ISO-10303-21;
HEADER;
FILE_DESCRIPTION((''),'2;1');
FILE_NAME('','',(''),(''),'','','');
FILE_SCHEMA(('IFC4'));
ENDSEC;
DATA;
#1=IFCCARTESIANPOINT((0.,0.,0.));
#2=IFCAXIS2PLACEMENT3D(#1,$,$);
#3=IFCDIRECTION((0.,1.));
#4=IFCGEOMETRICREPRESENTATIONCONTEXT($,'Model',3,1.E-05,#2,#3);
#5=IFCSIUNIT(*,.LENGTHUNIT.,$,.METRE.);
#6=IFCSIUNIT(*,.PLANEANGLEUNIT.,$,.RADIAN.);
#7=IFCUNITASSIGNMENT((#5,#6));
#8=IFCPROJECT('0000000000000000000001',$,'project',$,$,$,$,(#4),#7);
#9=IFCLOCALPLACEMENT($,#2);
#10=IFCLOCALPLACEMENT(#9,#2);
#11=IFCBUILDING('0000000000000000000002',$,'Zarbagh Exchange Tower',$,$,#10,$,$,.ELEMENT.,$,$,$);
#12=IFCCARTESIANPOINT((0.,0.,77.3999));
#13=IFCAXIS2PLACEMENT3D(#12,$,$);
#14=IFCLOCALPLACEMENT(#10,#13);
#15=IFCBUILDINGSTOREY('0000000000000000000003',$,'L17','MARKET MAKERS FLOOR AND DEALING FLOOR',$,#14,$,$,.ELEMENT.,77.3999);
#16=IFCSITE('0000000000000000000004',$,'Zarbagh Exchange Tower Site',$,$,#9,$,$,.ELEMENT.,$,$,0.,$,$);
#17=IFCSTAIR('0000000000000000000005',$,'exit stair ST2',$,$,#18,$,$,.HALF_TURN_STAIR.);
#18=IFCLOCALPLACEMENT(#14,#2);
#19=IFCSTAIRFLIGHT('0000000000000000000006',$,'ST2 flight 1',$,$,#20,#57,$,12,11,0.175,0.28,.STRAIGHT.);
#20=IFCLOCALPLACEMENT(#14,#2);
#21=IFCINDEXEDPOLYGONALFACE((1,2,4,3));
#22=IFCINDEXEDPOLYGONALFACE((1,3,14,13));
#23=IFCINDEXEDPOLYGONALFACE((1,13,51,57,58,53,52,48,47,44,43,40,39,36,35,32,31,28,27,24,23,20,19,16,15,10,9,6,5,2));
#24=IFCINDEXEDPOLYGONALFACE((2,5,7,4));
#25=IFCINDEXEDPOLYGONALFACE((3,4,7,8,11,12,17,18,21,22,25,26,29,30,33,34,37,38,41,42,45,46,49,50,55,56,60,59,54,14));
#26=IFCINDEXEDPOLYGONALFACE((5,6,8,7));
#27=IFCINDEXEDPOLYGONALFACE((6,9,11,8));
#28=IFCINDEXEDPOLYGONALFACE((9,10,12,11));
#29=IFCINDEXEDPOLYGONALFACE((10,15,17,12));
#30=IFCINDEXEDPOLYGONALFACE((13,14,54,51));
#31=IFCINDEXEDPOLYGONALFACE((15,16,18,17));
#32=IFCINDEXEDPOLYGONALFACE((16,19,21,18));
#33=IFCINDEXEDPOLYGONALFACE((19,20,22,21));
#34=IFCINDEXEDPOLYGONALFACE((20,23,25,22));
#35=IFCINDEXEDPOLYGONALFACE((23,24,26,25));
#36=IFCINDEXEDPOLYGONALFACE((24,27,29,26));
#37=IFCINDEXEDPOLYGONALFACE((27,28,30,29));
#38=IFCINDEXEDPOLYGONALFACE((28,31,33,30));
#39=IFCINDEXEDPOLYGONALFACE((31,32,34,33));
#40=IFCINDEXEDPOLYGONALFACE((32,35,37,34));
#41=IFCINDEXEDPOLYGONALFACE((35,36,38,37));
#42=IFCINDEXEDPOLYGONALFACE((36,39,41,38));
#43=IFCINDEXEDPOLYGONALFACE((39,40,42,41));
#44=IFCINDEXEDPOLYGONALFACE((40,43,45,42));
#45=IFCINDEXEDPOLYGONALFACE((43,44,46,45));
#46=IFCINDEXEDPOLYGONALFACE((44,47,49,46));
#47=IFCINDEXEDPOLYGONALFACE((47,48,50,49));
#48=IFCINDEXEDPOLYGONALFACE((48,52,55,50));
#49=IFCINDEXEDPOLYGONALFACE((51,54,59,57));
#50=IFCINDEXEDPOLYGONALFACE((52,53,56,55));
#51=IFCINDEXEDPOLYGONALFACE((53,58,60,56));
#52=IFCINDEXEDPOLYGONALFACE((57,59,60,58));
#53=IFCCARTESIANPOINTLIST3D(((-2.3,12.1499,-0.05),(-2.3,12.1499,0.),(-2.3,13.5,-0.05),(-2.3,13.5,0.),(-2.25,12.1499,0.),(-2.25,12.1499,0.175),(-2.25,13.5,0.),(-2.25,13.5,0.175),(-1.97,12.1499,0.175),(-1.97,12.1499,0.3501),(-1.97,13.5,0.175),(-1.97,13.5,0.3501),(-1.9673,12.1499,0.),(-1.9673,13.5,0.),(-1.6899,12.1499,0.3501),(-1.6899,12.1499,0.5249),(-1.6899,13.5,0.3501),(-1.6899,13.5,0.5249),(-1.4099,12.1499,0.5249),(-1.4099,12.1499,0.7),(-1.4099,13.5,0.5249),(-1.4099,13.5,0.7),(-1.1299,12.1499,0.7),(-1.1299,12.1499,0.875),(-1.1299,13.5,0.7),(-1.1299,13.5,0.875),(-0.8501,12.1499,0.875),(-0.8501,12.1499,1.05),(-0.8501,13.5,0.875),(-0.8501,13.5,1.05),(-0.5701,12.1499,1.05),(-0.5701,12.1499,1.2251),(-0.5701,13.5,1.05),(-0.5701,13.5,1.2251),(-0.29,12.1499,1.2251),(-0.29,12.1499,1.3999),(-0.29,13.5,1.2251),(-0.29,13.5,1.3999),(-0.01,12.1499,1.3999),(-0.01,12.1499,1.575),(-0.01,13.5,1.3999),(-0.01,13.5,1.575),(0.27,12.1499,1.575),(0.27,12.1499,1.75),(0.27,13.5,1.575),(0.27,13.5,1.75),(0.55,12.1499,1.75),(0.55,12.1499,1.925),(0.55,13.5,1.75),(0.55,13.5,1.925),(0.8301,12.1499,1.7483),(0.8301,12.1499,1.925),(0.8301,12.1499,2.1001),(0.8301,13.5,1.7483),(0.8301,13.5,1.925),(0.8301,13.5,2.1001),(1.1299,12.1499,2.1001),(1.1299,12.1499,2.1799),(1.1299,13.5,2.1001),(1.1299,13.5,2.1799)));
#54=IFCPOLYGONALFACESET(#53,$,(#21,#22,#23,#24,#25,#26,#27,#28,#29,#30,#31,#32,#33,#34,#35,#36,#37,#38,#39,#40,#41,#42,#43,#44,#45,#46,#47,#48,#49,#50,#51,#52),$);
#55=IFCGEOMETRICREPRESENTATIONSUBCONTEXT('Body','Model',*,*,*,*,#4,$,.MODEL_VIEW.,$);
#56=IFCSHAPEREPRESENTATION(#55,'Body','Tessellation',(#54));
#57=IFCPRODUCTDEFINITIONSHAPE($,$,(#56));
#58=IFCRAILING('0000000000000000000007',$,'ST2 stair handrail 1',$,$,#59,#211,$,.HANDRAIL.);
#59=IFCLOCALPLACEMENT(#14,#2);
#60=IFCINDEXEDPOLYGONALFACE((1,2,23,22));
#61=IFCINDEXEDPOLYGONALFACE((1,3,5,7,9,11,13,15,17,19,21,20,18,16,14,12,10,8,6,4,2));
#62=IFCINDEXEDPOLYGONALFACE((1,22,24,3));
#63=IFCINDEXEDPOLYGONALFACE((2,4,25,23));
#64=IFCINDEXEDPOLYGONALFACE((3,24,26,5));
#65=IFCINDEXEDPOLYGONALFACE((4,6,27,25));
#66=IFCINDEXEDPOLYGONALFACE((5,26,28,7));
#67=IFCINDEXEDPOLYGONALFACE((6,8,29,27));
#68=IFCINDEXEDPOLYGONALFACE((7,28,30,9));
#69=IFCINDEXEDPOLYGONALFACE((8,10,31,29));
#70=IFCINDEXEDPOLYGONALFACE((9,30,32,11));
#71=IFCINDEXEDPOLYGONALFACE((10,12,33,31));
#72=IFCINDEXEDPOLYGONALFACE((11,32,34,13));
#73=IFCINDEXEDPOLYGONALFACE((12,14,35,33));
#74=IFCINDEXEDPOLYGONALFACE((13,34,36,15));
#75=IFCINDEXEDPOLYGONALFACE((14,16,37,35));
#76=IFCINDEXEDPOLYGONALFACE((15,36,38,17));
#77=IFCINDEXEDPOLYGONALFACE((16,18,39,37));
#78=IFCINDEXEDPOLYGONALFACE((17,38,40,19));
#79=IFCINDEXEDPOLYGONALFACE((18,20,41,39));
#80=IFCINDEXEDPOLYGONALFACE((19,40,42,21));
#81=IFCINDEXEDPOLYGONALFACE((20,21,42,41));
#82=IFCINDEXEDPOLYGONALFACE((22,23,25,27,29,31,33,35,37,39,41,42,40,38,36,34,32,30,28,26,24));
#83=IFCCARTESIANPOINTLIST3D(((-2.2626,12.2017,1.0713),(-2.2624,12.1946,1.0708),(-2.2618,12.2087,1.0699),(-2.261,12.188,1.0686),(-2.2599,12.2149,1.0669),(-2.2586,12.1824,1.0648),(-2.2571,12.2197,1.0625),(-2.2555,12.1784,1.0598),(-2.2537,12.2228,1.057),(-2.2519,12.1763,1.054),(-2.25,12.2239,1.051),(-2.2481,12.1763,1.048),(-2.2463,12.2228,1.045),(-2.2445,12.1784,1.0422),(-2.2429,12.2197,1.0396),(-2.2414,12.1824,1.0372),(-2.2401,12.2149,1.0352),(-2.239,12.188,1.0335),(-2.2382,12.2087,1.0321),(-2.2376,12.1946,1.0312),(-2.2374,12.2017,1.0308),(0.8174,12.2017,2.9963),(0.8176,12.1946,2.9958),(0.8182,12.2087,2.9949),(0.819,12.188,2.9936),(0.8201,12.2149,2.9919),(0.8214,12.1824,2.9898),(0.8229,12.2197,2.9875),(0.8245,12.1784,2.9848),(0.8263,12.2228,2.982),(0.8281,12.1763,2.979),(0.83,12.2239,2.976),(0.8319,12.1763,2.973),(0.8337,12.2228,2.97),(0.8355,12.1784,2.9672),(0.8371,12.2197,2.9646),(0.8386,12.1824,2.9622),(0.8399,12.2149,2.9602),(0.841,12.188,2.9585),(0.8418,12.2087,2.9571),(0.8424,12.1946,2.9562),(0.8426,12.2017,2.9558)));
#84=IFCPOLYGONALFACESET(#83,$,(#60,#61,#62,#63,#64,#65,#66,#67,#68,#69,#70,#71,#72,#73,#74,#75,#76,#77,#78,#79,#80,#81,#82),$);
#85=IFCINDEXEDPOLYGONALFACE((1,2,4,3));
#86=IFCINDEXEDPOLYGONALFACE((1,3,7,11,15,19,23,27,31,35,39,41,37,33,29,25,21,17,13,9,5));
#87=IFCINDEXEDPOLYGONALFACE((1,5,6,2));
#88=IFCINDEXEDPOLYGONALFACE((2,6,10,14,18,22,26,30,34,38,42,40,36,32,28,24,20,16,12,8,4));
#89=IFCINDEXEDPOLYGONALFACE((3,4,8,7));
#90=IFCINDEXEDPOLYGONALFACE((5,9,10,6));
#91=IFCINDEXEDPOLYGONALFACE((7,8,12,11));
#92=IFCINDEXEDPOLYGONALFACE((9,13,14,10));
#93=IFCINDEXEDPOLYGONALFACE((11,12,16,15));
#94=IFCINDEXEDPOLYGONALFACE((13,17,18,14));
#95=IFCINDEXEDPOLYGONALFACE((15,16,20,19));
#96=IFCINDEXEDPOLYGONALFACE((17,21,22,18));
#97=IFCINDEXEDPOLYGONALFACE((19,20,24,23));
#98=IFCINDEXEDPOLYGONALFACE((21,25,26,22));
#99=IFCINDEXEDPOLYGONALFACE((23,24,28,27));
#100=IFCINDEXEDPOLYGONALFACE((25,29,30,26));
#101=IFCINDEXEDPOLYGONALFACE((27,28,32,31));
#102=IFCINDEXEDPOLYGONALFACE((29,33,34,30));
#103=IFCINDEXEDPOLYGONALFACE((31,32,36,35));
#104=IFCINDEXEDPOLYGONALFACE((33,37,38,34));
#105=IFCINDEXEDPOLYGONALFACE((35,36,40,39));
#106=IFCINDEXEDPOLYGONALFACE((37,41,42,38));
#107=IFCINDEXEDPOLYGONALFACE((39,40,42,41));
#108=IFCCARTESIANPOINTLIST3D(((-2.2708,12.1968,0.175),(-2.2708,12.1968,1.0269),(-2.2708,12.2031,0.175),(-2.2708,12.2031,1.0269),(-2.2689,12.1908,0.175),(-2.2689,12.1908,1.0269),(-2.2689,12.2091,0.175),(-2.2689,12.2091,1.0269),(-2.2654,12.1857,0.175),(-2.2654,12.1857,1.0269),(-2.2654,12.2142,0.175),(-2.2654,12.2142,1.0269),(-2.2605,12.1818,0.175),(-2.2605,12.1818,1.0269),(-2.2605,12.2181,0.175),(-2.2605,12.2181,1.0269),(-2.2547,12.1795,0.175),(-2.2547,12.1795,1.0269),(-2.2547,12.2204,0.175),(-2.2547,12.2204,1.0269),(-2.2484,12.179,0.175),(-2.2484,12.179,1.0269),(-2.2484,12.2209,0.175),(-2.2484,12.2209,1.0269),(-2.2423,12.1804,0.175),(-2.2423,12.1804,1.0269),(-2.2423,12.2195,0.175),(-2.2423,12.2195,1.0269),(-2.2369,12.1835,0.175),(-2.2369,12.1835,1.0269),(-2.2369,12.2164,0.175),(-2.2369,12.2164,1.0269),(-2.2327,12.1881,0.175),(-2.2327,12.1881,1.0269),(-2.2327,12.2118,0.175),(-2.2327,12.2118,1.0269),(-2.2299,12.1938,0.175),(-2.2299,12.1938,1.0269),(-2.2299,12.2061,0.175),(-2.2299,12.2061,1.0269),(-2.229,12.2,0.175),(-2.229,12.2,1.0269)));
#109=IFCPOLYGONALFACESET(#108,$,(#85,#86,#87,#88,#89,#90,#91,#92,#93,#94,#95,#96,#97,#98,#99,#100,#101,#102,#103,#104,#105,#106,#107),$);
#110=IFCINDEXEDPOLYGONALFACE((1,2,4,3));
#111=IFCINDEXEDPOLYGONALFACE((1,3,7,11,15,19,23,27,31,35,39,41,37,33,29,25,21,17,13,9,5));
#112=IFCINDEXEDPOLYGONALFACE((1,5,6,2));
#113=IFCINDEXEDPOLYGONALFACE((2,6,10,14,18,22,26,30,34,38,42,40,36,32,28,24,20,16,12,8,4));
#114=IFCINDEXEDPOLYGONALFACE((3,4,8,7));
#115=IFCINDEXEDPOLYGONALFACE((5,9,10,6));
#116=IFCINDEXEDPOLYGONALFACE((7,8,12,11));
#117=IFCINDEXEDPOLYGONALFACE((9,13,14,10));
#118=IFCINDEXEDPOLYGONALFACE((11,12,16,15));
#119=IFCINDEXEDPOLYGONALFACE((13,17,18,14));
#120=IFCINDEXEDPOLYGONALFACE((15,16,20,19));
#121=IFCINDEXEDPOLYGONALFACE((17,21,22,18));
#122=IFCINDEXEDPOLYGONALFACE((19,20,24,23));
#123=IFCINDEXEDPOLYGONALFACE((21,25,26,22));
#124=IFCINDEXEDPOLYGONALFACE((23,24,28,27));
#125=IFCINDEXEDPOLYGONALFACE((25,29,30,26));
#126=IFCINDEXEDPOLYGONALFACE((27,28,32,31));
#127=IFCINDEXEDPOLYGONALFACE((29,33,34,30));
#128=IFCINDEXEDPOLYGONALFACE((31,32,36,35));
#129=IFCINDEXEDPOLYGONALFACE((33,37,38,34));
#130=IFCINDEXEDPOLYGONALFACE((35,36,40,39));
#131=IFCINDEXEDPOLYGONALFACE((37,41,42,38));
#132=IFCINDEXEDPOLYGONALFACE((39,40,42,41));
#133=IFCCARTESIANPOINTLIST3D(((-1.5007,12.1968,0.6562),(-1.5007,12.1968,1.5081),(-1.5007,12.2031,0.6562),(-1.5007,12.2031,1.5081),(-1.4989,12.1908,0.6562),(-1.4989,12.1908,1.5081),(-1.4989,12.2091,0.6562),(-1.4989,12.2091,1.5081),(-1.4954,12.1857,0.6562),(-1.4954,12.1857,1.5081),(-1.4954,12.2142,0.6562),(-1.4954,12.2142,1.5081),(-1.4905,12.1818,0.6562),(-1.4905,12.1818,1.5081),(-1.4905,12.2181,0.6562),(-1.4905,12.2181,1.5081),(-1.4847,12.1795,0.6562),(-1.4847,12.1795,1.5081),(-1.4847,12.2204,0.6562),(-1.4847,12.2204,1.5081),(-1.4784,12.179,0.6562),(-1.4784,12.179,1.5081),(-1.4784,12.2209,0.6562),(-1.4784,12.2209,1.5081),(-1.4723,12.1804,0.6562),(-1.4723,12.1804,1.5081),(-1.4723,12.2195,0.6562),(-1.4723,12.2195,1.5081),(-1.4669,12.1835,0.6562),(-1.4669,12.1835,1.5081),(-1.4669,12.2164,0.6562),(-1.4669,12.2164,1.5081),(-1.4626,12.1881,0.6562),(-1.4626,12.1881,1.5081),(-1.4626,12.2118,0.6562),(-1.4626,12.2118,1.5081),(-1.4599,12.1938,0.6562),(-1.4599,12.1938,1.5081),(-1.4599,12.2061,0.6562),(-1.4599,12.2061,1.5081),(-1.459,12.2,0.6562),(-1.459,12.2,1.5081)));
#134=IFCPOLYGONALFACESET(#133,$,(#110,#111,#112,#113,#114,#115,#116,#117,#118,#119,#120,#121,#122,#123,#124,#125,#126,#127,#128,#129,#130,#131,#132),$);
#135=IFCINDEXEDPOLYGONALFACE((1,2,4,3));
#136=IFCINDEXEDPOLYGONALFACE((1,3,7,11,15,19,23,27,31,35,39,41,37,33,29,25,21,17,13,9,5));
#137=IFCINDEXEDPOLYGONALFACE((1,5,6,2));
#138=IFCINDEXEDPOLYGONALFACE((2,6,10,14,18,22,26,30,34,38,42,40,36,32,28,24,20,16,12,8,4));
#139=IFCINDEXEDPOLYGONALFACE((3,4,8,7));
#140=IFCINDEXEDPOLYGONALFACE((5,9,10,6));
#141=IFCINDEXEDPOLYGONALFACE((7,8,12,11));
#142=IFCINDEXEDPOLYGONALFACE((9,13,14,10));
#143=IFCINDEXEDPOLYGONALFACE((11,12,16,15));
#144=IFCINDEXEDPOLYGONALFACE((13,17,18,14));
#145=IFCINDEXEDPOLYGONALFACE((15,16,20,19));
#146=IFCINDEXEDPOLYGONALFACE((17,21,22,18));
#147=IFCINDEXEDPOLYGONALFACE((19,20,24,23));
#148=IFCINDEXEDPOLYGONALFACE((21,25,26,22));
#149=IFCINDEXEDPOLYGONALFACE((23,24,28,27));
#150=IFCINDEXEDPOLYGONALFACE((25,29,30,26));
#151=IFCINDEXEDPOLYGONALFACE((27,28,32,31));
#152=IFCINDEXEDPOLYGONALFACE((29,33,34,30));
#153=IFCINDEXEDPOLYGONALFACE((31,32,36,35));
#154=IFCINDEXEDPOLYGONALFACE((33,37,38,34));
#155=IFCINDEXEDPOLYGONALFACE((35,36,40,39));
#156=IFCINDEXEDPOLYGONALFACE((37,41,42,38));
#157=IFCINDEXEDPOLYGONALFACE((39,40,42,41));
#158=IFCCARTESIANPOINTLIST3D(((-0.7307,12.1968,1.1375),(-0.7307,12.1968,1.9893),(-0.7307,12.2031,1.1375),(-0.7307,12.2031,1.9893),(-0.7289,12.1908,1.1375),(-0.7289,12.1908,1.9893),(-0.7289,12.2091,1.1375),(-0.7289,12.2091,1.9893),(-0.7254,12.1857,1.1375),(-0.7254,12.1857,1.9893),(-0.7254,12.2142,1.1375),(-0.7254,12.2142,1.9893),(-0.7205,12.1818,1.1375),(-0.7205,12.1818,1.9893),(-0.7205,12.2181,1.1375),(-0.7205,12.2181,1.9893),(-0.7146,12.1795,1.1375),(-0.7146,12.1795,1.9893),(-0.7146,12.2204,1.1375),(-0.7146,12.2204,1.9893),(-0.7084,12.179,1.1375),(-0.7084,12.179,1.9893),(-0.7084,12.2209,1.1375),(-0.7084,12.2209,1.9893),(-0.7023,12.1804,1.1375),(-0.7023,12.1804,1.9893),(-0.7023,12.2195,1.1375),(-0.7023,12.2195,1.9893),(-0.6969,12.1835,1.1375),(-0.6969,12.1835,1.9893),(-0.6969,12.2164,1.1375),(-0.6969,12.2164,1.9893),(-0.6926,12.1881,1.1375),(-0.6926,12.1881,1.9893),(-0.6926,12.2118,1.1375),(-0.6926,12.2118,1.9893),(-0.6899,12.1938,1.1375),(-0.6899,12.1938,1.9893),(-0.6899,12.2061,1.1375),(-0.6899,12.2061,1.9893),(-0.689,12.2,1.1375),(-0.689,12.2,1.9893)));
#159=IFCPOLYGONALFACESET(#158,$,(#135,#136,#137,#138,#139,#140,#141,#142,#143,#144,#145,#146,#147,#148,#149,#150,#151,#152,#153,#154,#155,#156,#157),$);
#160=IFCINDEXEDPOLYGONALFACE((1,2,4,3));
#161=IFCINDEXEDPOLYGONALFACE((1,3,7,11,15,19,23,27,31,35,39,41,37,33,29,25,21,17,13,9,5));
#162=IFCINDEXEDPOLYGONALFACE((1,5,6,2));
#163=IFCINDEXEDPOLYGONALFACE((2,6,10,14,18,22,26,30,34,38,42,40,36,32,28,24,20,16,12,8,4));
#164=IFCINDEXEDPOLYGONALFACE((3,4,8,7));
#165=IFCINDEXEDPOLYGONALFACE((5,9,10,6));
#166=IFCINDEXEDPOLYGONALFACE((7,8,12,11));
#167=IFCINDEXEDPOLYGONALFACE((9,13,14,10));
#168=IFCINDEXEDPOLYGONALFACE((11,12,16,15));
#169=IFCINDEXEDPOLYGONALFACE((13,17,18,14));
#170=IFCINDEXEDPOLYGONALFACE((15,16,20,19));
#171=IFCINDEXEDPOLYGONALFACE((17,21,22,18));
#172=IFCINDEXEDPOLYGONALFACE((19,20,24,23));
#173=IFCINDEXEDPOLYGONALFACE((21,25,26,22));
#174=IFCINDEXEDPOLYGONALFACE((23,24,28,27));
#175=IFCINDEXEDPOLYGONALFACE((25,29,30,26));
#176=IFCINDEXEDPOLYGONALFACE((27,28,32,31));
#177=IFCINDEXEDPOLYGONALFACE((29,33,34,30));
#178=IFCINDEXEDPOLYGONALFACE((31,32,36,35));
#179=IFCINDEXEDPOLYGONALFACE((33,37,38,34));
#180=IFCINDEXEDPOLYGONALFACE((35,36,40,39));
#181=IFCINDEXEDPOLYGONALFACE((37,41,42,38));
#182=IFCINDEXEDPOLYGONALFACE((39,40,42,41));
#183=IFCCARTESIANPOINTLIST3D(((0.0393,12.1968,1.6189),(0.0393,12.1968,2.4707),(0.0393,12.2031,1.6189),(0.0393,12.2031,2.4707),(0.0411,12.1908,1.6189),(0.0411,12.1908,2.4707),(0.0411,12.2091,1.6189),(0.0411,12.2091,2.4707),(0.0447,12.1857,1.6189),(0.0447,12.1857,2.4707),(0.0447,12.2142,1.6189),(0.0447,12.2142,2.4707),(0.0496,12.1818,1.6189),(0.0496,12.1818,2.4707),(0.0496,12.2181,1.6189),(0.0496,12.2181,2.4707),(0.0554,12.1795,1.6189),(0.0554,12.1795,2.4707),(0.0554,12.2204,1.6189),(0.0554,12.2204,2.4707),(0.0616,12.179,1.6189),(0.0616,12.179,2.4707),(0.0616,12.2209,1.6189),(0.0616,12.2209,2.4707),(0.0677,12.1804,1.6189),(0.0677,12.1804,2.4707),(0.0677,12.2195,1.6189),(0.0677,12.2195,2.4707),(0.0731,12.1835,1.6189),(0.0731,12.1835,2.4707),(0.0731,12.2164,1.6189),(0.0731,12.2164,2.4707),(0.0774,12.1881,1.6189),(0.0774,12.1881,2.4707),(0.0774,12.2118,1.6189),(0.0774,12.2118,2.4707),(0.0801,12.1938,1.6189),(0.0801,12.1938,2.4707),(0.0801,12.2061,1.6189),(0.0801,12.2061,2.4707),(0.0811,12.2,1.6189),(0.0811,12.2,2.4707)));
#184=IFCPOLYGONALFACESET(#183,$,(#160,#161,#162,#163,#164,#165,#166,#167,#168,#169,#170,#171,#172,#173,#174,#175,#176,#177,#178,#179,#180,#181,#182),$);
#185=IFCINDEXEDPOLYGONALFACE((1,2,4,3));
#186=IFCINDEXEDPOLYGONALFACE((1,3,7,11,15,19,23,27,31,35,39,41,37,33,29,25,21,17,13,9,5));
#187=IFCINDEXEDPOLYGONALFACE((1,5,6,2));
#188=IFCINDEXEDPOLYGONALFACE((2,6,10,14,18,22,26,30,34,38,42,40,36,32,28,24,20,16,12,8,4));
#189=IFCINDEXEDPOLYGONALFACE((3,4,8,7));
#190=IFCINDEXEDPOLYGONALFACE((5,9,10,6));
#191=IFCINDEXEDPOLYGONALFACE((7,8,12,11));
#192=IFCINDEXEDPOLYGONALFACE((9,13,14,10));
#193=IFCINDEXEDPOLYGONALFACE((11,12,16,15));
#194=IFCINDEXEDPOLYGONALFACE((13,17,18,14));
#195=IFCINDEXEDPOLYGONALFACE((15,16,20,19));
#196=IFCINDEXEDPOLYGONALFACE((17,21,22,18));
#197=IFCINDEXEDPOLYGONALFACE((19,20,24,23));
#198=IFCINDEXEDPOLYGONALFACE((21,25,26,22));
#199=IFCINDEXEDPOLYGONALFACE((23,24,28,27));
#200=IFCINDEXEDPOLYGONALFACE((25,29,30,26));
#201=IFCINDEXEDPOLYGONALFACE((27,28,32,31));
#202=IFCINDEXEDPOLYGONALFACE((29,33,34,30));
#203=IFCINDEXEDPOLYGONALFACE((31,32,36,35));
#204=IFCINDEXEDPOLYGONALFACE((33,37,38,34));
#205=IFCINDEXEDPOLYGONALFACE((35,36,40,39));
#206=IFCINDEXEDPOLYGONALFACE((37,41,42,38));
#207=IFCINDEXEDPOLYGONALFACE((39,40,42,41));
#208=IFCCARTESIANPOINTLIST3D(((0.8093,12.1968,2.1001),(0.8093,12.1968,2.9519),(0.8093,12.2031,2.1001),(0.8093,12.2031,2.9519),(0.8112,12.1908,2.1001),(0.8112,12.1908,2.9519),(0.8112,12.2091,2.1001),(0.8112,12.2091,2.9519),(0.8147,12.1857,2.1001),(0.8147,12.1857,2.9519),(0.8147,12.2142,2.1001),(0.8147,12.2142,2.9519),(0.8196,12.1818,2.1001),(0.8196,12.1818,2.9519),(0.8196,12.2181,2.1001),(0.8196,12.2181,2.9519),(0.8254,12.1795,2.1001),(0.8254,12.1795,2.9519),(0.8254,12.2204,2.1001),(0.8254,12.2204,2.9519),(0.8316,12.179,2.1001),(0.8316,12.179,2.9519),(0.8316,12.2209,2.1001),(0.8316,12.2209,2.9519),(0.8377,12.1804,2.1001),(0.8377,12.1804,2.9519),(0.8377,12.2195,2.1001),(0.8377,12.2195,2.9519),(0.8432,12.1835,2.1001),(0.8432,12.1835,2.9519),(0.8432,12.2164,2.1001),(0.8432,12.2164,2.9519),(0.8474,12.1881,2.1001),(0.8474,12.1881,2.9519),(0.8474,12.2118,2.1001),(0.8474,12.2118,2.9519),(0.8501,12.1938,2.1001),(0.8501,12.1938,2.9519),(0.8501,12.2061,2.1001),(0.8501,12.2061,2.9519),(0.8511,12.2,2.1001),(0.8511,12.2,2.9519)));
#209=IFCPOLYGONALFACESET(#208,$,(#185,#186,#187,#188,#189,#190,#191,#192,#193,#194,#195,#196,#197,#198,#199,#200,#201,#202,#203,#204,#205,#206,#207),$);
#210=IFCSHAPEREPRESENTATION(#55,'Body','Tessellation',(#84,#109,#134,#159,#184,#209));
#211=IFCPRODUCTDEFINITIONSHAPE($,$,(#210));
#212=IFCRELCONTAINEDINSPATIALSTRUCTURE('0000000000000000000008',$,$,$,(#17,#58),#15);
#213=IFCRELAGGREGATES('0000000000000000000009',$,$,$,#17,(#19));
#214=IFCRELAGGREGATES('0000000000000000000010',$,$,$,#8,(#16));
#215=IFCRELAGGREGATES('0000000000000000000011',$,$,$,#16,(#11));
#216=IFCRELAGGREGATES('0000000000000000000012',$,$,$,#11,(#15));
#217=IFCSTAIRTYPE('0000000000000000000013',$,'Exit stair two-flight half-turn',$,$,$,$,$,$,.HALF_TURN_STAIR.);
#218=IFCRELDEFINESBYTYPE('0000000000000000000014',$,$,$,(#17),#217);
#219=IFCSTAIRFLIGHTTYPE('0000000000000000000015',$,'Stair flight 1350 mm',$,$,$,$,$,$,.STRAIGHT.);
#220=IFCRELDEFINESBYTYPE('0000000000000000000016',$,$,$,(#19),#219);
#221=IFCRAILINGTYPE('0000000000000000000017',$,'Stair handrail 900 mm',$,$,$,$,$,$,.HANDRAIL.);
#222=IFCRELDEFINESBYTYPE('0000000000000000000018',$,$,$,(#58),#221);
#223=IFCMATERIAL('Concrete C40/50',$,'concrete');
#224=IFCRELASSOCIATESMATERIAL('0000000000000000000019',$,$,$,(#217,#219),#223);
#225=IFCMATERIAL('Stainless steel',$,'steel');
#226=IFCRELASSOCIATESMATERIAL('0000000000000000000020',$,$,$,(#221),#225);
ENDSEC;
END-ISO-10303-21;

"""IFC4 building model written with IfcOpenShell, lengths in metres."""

from ifc_helpers import new_model, si_unit, direction, frame, origin, origin_2d, place, context, subcontext, project, spatial, polyline, circle, outline, extrude, material, type_object, element, aggregate, save


model = new_model("IFC4")

# Units and contexts
model_context = context("Model", 3, precision=1e-05, world=origin(), true_north=direction((0.0, 1.0)))
body_context = subcontext(model_context, "Body", "Model", "MODEL_VIEW")
ifc_project = project(units=[si_unit("LENGTHUNIT", "METRE"), si_unit("PLANEANGLEUNIT", "RADIAN")], contexts=[model_context])

# Site, building, storey
site_placement = place(None, origin())
site = spatial("IfcSite", under=ifc_project, at=site_placement, Name="Zarbagh Exchange Tower Site", CompositionType="ELEMENT", RefElevation=0.0)
building_placement = place(site_placement, origin())
building = spatial("IfcBuilding", under=site, at=building_placement, Name="Zarbagh Exchange Tower", CompositionType="ELEMENT")
storey_placement = place(building_placement, frame((0.0, 0.0, 77.3999)))
storey = spatial("IfcBuildingStorey", under=building, at=storey_placement, Name="L17", Description="MARKET MAKERS FLOOR AND DEALING FLOOR", CompositionType="ELEMENT", Elevation=77.3999)

# Shared definitions
ifc_material_1 = material(Name="Concrete C40/50", Category="concrete")

# Stair, stair flight
stair_type = type_object("IfcStairType", Name="Exit stair two-flight half-turn", PredefinedType="HALF_TURN_STAIR", material=ifc_material_1)
stair_placement = place(storey_placement, origin())
stair = element("IfcStair", 1, at=stair_placement, inside=storey, type_object=stair_type, Name="exit stair ST2", PredefinedType="HALF_TURN_STAIR")
stair_flight_type = type_object("IfcStairFlightType", Name="Stair flight 1350 mm", PredefinedType="STRAIGHT", material=ifc_material_1)
stair_flight_placement = place(storey_placement, frame((-2.25, 12.825, 0.0), z_axis=(0.0, 0.0, 1.0), x_axis=(1.0, 0.0, 0.0)))
stair_flight = element("IfcStairFlight", 2, at=stair_flight_placement, type_object=stair_flight_type, Name="ST2 flight 1", NumberOfRisers=12, NumberOfTreads=11, PredefinedType="STRAIGHT", RiserHeight=0.175, TreadLength=0.28, context=body_context, shape_type="SweptSolid", body=[
    extrude(outline(polyline([(-0.05, -0.05), (-0.05, 0.0), (0.0, 0.0), (0.0, 0.175), (0.28, 0.175), (0.28, 0.3501), (0.5601, 0.3501), (0.5601, 0.5249), (0.8401, 0.5249), (0.8401, 0.7), (1.1201, 0.7), (1.1201, 0.875), (1.3999, 0.875), (1.3999, 1.05), (1.6799, 1.05), (1.6799, 1.2251), (1.96, 1.2251), (1.96, 1.3999), (2.24, 1.3999), (2.24, 1.575), (2.52, 1.575), (2.52, 1.75), (2.8, 1.75), (2.8, 1.925), (3.0801, 1.925), (3.0801, 2.1001), (3.3799, 2.1799), (3.3799, 2.1001), (3.0801, 1.7483), (0.2827, 0.0), (-0.05, -0.05)])), frame((0.0, 0.675, 0.0), z_axis=(0.0, -1.0, 0.0), x_axis=(1.0, 0.0, 0.0)), (0.0, 0.0, 1.0), 1.3501),
])
aggregate(stair, [stair_flight])

# Railing
ifc_material_2 = material(Name="Stainless steel", Category="steel")
railing_type = type_object("IfcRailingType", Name="Stair handrail 900 mm", PredefinedType="HANDRAIL", material=ifc_material_2)
railing_placement = place(storey_placement, frame((-2.25, 12.2, 0.175)))
element("IfcRailing", 3, at=railing_placement, inside=storey, type_object=railing_type, Name="ST2 stair handrail 1", PredefinedType="HANDRAIL", context=body_context, shape_type="SweptSolid", body=[
    extrude(circle(Radius=0.0239, at=origin_2d()), frame((0.0, 0.0, 0.876), z_axis=(0.847998, 0.0, 0.529999), x_axis=(0.0, 1.0, 0.0)), (0.0, 0.0, 1.0), 3.6321),
    extrude(circle(Radius=0.021, at=origin_2d()), origin(), (0.0, 0.0, 1.0), 0.8518),
    extrude(circle(Radius=0.021, at=origin_2d()), frame((0.77, 0.0, 0.4812)), (0.0, 0.0, 1.0), 0.8518),
    extrude(circle(Radius=0.021, at=origin_2d()), frame((1.54, 0.0, 0.9624)), (0.0, 0.0, 1.0), 0.8518),
    extrude(circle(Radius=0.021, at=origin_2d()), frame((2.3101, 0.0, 1.4438)), (0.0, 0.0, 1.0), 0.8518),
    extrude(circle(Radius=0.021, at=origin_2d()), frame((3.0801, 0.0, 1.925)), (0.0, 0.0, 1.0), 0.8518),
])

save(model, "model.ifc")
